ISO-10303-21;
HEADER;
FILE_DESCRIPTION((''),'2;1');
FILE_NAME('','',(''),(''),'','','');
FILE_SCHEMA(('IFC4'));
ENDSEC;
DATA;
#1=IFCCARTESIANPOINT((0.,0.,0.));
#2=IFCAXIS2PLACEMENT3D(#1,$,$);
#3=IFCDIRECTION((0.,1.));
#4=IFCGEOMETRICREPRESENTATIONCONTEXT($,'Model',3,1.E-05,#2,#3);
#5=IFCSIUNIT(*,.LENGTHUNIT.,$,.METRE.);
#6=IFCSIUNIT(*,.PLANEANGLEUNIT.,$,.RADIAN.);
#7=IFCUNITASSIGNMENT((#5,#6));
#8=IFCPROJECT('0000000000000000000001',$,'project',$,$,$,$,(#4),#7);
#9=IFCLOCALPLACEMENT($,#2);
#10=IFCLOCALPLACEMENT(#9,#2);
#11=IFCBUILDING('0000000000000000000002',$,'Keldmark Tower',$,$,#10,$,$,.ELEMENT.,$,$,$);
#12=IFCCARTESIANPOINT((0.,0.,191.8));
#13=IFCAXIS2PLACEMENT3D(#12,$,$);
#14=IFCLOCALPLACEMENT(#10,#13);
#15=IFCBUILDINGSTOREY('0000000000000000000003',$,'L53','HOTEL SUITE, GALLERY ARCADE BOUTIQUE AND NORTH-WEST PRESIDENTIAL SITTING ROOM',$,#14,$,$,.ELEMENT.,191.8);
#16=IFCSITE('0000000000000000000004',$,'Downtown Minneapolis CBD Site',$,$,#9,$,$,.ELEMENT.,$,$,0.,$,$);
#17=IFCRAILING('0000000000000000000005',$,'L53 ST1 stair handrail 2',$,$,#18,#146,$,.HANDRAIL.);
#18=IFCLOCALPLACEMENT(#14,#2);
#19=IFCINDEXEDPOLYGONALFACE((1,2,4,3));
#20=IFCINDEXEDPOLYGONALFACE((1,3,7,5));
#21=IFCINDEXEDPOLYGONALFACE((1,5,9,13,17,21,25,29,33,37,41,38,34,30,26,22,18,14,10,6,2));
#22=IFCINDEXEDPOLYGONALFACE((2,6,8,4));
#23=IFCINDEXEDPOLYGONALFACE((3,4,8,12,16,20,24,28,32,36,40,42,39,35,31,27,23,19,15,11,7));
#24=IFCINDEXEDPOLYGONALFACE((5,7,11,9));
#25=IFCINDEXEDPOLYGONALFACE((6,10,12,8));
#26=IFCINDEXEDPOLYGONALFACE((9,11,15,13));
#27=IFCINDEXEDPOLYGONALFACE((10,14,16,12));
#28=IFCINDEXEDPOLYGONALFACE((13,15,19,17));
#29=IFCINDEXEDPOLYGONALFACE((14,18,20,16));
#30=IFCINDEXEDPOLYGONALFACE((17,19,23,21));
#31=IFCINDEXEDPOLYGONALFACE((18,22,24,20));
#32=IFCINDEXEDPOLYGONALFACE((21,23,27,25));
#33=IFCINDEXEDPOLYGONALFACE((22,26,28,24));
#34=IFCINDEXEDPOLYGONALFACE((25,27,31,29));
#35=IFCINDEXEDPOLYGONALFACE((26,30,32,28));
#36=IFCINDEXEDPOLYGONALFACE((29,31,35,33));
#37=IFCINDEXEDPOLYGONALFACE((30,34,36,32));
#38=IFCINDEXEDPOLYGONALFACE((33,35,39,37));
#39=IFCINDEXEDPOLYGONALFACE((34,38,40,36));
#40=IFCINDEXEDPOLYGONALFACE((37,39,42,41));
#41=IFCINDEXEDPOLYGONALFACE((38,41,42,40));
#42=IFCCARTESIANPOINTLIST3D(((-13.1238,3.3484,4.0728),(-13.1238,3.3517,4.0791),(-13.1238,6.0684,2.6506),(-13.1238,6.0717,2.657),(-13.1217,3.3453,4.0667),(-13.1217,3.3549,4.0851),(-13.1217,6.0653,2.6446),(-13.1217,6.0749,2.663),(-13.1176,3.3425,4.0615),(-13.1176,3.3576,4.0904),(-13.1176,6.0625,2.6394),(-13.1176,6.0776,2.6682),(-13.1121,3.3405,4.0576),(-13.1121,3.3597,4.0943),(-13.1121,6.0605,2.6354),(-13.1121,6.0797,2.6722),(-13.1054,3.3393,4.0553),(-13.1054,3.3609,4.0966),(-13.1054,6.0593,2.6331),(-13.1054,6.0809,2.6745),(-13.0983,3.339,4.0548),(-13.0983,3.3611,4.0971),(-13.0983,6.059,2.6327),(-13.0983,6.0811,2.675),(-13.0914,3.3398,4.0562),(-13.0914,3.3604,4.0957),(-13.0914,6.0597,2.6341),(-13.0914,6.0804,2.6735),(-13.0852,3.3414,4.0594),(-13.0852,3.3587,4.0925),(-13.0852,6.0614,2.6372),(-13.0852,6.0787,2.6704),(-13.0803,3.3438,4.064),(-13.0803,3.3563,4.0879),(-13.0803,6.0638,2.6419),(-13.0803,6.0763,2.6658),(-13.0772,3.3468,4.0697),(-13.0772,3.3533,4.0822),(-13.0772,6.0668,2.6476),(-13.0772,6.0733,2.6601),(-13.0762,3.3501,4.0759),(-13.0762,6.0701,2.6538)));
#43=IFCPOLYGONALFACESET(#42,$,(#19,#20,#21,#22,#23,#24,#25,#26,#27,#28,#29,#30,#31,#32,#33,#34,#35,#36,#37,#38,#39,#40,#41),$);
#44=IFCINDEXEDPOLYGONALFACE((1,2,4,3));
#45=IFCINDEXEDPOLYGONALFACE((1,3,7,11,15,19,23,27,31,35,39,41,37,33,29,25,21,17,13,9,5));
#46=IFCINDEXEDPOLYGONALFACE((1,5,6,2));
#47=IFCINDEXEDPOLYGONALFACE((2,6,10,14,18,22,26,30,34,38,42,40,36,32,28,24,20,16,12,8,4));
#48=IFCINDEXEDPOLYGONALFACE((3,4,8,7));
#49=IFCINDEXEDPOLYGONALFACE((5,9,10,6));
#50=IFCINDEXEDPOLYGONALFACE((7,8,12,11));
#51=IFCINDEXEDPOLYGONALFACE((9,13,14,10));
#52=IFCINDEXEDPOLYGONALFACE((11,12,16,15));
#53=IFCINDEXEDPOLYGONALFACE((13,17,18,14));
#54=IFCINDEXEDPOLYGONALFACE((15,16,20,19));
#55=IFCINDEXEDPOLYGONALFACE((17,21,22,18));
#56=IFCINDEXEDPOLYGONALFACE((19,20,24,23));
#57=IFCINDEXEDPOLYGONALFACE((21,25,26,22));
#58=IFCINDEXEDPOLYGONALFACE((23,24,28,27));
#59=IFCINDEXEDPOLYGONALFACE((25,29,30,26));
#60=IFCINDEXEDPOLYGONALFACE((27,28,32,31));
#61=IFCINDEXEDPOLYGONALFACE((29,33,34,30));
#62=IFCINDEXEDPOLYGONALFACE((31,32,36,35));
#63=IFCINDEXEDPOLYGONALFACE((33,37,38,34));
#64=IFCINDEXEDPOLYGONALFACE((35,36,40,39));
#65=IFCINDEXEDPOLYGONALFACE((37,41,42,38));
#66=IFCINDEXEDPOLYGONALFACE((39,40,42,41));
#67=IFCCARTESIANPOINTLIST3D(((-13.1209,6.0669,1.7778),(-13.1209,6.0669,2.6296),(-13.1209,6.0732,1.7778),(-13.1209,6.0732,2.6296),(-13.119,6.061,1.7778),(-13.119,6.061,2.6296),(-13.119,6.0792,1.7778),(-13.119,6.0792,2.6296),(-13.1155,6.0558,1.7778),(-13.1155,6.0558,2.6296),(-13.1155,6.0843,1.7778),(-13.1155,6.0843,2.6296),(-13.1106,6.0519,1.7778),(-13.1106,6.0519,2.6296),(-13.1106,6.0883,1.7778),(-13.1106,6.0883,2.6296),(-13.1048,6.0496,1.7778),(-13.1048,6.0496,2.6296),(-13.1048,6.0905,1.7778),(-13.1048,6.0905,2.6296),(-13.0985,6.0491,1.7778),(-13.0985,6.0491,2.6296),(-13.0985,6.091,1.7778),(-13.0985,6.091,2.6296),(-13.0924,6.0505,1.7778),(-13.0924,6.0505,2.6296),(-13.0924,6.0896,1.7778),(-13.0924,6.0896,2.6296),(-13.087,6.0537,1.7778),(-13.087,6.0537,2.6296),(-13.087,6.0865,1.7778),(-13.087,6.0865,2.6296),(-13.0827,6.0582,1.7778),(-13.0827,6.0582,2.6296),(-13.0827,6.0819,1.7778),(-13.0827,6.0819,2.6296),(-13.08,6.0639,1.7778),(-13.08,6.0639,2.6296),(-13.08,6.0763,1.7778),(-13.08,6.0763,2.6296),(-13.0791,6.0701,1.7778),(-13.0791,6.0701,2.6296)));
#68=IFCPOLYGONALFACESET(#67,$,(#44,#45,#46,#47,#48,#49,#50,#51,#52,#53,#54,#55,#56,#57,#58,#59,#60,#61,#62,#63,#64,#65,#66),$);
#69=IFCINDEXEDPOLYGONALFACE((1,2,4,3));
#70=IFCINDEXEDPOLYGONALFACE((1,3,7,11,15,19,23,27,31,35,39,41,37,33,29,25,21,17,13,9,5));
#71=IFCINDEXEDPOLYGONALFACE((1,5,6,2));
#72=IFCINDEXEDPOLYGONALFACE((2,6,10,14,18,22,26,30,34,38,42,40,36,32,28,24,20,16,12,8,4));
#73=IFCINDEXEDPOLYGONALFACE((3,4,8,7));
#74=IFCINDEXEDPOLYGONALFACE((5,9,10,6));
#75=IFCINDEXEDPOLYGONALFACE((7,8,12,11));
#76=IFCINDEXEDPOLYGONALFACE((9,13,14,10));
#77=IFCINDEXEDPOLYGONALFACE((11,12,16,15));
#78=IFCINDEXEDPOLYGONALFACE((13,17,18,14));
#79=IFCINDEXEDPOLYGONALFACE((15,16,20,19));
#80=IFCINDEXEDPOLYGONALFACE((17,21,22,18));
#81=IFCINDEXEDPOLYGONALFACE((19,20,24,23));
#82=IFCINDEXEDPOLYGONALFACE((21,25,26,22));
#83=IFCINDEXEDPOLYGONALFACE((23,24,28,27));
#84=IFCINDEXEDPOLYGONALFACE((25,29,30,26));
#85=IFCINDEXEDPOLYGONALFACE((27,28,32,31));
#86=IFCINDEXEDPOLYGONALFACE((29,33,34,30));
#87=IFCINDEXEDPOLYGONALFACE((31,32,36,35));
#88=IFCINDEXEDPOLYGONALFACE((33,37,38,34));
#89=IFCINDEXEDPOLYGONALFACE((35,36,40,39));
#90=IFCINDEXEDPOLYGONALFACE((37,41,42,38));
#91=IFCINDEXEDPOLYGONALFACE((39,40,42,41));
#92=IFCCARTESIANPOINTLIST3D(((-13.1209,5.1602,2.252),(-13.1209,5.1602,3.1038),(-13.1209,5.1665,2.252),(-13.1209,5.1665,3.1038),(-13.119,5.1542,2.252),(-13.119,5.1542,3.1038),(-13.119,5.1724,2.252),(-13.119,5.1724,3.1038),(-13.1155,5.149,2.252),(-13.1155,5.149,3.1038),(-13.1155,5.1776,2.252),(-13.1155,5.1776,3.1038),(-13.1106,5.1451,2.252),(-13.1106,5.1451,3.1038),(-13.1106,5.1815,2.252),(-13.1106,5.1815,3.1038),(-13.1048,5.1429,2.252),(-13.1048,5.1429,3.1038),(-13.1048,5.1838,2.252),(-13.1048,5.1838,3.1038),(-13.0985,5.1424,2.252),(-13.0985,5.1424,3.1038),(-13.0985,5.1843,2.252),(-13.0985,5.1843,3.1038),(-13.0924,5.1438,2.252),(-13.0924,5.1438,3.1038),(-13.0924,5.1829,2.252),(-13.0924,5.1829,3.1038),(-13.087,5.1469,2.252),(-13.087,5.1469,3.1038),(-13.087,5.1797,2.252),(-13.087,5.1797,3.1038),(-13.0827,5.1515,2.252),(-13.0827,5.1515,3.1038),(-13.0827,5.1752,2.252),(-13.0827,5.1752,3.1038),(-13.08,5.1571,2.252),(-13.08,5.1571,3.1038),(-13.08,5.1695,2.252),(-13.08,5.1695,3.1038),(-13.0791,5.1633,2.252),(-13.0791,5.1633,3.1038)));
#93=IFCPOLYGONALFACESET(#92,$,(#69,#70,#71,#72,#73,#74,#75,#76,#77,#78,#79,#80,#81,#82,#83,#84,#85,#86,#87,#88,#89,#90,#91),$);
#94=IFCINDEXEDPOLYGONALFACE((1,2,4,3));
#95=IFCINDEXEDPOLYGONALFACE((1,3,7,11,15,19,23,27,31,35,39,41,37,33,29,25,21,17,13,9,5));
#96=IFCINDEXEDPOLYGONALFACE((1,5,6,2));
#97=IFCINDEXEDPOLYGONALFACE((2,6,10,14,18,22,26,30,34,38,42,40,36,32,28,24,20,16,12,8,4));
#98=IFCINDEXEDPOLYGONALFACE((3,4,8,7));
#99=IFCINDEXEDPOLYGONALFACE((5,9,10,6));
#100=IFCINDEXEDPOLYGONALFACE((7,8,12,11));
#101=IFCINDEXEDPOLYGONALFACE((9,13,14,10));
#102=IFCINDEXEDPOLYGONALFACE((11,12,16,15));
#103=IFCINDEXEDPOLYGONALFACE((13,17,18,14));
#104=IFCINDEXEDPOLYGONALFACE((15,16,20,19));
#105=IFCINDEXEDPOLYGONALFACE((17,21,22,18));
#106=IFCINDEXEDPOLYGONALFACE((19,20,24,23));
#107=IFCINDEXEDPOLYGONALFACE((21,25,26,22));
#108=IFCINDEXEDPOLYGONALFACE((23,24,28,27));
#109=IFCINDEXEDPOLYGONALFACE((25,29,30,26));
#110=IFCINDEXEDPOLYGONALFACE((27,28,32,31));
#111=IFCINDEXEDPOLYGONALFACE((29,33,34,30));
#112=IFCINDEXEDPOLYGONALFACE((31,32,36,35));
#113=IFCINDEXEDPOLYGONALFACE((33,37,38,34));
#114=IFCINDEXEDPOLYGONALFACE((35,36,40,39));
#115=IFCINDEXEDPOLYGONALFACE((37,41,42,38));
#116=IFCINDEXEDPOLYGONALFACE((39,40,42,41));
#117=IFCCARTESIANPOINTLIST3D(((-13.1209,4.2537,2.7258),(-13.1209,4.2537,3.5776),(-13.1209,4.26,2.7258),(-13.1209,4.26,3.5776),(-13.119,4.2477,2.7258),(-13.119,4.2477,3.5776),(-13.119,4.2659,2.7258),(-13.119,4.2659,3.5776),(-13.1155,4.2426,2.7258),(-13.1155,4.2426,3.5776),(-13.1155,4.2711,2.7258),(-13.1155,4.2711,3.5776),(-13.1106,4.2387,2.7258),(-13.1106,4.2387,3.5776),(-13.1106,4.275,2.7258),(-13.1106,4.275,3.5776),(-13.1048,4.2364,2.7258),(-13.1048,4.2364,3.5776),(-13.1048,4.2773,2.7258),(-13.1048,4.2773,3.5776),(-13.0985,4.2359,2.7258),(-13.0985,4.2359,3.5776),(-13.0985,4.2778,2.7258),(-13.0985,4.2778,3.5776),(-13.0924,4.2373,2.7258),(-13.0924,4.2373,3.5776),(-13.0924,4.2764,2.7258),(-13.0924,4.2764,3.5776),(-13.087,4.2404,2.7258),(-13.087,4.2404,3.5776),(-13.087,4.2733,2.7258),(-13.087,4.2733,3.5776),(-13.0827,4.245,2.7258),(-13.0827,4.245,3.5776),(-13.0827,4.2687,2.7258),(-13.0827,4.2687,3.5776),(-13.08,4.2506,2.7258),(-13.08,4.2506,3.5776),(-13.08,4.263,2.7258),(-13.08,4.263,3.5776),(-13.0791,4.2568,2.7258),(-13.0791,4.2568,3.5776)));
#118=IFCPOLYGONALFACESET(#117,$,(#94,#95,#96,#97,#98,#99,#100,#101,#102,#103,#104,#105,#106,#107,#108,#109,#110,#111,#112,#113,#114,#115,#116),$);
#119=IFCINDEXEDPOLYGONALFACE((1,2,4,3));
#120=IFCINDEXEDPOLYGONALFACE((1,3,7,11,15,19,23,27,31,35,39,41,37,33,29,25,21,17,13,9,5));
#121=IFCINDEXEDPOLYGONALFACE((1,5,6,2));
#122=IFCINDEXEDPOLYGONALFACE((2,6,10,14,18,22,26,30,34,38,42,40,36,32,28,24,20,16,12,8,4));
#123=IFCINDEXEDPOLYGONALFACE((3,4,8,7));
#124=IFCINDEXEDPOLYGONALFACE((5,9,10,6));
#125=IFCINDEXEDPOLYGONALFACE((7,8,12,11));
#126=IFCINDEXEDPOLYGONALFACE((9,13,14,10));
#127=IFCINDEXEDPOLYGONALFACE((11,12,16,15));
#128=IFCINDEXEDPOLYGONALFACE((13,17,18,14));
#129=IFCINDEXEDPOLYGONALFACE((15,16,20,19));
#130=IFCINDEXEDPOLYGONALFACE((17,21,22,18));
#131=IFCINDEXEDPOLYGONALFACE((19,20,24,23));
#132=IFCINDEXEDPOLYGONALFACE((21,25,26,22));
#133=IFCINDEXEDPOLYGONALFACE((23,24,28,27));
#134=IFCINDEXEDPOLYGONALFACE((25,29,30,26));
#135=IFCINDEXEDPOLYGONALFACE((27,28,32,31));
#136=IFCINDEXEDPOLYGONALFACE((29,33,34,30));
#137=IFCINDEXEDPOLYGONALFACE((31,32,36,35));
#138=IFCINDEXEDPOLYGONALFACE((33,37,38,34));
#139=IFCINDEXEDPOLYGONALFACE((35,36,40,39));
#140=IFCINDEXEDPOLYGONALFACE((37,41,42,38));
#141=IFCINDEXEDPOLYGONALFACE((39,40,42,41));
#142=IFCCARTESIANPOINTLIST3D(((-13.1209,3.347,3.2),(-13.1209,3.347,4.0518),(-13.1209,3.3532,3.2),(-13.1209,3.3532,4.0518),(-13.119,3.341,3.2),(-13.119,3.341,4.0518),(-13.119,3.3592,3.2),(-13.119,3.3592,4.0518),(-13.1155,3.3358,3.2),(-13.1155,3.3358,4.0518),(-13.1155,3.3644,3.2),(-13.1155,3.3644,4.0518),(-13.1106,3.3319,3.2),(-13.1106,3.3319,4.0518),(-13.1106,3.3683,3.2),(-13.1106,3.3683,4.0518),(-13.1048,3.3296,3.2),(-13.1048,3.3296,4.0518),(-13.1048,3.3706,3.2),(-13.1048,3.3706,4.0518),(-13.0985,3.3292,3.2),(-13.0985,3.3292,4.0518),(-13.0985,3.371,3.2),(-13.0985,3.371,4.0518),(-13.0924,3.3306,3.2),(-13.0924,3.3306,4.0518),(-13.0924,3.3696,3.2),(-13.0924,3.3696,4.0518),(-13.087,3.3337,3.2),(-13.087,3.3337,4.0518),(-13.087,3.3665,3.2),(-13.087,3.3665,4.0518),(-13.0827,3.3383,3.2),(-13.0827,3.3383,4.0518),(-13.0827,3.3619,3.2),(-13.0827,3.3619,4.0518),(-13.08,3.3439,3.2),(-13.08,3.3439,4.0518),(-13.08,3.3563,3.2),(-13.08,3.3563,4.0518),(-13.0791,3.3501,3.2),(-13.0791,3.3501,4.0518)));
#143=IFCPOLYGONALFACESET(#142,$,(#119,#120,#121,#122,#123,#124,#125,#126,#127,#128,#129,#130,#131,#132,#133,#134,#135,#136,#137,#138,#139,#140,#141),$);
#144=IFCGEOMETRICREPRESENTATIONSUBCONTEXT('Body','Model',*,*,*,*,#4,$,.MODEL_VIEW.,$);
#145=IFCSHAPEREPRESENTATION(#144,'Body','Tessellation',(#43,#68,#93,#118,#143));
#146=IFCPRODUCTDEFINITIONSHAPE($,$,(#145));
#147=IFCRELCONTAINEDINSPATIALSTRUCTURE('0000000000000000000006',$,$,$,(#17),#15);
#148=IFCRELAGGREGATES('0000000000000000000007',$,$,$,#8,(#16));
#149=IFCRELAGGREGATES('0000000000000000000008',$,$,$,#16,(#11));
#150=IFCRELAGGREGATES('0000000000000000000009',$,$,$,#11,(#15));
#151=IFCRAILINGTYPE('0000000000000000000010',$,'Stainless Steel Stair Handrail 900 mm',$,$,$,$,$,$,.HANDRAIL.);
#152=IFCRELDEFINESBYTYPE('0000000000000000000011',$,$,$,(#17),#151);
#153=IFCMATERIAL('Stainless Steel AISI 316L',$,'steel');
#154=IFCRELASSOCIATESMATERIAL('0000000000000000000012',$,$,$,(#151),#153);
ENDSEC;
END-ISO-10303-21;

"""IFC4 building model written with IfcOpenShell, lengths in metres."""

from ifc_helpers import new_model, si_unit, direction, frame, origin, origin_2d, place, context, subcontext, project, spatial, circle, extrude, material, type_object, element, save


model = new_model("IFC4")

# Units and contexts
model_context = context("Model", 3, precision=1e-05, world=origin(), true_north=direction((0.0, 1.0)))
body_context = subcontext(model_context, "Body", "Model", "MODEL_VIEW")
ifc_project = project(units=[si_unit("LENGTHUNIT", "METRE"), si_unit("PLANEANGLEUNIT", "RADIAN")], contexts=[model_context])

# Site, building, storey
site_placement = place(None, origin())
site = spatial("IfcSite", under=ifc_project, at=site_placement, Name="Downtown Minneapolis CBD Site", CompositionType="ELEMENT", RefElevation=0.0)
building_placement = place(site_placement, origin())
building = spatial("IfcBuilding", under=site, at=building_placement, Name="Keldmark Tower", CompositionType="ELEMENT")
storey_placement = place(building_placement, frame((0.0, 0.0, 191.8)))
storey = spatial("IfcBuildingStorey", under=building, at=storey_placement, Name="L53", Description="HOTEL SUITE, GALLERY ARCADE BOUTIQUE AND NORTH-WEST PRESIDENTIAL SITTING ROOM", CompositionType="ELEMENT", Elevation=191.8)

# Railing
ifc_material_1 = material(Name="Stainless Steel AISI 316L", Category="steel")
railing_type_1 = type_object("IfcRailingType", Name="Stainless Steel Stair Handrail 900 mm", PredefinedType="HANDRAIL", material=ifc_material_1)
railing_1_placement = place(storey_placement, frame((-13.1001, 6.0701, 1.7778)))
element("IfcRailing", 1, at=railing_1_placement, inside=storey, type_object=railing_type_1, Name="L53 ST1 stair handrail 2", PredefinedType="HANDRAIL", context=body_context, shape_type="SweptSolid", body=[
    extrude(circle(Radius=0.0239, at=origin_2d()), frame((0.0, 0.0, 0.876), z_axis=(0.0, -0.886183, 0.463335), x_axis=(1.0, 0.0, 0.0)), (0.0, 0.0, 1.0), 3.0693),
    extrude(circle(Radius=0.021, at=origin_2d()), origin(), (0.0, 0.0, 1.0), 0.8518),
    extrude(circle(Radius=0.021, at=origin_2d()), frame((0.0, -0.9067, 0.4741)), (0.0, 0.0, 1.0), 0.8518),
    extrude(circle(Radius=0.021, at=origin_2d()), frame((0.0, -1.8132, 0.948)), (0.0, 0.0, 1.0), 0.8518),
    extrude(circle(Radius=0.021, at=origin_2d()), frame((0.0, -2.72, 1.4221)), (0.0, 0.0, 1.0), 0.8518),
])

save(model, "model.ifc")
